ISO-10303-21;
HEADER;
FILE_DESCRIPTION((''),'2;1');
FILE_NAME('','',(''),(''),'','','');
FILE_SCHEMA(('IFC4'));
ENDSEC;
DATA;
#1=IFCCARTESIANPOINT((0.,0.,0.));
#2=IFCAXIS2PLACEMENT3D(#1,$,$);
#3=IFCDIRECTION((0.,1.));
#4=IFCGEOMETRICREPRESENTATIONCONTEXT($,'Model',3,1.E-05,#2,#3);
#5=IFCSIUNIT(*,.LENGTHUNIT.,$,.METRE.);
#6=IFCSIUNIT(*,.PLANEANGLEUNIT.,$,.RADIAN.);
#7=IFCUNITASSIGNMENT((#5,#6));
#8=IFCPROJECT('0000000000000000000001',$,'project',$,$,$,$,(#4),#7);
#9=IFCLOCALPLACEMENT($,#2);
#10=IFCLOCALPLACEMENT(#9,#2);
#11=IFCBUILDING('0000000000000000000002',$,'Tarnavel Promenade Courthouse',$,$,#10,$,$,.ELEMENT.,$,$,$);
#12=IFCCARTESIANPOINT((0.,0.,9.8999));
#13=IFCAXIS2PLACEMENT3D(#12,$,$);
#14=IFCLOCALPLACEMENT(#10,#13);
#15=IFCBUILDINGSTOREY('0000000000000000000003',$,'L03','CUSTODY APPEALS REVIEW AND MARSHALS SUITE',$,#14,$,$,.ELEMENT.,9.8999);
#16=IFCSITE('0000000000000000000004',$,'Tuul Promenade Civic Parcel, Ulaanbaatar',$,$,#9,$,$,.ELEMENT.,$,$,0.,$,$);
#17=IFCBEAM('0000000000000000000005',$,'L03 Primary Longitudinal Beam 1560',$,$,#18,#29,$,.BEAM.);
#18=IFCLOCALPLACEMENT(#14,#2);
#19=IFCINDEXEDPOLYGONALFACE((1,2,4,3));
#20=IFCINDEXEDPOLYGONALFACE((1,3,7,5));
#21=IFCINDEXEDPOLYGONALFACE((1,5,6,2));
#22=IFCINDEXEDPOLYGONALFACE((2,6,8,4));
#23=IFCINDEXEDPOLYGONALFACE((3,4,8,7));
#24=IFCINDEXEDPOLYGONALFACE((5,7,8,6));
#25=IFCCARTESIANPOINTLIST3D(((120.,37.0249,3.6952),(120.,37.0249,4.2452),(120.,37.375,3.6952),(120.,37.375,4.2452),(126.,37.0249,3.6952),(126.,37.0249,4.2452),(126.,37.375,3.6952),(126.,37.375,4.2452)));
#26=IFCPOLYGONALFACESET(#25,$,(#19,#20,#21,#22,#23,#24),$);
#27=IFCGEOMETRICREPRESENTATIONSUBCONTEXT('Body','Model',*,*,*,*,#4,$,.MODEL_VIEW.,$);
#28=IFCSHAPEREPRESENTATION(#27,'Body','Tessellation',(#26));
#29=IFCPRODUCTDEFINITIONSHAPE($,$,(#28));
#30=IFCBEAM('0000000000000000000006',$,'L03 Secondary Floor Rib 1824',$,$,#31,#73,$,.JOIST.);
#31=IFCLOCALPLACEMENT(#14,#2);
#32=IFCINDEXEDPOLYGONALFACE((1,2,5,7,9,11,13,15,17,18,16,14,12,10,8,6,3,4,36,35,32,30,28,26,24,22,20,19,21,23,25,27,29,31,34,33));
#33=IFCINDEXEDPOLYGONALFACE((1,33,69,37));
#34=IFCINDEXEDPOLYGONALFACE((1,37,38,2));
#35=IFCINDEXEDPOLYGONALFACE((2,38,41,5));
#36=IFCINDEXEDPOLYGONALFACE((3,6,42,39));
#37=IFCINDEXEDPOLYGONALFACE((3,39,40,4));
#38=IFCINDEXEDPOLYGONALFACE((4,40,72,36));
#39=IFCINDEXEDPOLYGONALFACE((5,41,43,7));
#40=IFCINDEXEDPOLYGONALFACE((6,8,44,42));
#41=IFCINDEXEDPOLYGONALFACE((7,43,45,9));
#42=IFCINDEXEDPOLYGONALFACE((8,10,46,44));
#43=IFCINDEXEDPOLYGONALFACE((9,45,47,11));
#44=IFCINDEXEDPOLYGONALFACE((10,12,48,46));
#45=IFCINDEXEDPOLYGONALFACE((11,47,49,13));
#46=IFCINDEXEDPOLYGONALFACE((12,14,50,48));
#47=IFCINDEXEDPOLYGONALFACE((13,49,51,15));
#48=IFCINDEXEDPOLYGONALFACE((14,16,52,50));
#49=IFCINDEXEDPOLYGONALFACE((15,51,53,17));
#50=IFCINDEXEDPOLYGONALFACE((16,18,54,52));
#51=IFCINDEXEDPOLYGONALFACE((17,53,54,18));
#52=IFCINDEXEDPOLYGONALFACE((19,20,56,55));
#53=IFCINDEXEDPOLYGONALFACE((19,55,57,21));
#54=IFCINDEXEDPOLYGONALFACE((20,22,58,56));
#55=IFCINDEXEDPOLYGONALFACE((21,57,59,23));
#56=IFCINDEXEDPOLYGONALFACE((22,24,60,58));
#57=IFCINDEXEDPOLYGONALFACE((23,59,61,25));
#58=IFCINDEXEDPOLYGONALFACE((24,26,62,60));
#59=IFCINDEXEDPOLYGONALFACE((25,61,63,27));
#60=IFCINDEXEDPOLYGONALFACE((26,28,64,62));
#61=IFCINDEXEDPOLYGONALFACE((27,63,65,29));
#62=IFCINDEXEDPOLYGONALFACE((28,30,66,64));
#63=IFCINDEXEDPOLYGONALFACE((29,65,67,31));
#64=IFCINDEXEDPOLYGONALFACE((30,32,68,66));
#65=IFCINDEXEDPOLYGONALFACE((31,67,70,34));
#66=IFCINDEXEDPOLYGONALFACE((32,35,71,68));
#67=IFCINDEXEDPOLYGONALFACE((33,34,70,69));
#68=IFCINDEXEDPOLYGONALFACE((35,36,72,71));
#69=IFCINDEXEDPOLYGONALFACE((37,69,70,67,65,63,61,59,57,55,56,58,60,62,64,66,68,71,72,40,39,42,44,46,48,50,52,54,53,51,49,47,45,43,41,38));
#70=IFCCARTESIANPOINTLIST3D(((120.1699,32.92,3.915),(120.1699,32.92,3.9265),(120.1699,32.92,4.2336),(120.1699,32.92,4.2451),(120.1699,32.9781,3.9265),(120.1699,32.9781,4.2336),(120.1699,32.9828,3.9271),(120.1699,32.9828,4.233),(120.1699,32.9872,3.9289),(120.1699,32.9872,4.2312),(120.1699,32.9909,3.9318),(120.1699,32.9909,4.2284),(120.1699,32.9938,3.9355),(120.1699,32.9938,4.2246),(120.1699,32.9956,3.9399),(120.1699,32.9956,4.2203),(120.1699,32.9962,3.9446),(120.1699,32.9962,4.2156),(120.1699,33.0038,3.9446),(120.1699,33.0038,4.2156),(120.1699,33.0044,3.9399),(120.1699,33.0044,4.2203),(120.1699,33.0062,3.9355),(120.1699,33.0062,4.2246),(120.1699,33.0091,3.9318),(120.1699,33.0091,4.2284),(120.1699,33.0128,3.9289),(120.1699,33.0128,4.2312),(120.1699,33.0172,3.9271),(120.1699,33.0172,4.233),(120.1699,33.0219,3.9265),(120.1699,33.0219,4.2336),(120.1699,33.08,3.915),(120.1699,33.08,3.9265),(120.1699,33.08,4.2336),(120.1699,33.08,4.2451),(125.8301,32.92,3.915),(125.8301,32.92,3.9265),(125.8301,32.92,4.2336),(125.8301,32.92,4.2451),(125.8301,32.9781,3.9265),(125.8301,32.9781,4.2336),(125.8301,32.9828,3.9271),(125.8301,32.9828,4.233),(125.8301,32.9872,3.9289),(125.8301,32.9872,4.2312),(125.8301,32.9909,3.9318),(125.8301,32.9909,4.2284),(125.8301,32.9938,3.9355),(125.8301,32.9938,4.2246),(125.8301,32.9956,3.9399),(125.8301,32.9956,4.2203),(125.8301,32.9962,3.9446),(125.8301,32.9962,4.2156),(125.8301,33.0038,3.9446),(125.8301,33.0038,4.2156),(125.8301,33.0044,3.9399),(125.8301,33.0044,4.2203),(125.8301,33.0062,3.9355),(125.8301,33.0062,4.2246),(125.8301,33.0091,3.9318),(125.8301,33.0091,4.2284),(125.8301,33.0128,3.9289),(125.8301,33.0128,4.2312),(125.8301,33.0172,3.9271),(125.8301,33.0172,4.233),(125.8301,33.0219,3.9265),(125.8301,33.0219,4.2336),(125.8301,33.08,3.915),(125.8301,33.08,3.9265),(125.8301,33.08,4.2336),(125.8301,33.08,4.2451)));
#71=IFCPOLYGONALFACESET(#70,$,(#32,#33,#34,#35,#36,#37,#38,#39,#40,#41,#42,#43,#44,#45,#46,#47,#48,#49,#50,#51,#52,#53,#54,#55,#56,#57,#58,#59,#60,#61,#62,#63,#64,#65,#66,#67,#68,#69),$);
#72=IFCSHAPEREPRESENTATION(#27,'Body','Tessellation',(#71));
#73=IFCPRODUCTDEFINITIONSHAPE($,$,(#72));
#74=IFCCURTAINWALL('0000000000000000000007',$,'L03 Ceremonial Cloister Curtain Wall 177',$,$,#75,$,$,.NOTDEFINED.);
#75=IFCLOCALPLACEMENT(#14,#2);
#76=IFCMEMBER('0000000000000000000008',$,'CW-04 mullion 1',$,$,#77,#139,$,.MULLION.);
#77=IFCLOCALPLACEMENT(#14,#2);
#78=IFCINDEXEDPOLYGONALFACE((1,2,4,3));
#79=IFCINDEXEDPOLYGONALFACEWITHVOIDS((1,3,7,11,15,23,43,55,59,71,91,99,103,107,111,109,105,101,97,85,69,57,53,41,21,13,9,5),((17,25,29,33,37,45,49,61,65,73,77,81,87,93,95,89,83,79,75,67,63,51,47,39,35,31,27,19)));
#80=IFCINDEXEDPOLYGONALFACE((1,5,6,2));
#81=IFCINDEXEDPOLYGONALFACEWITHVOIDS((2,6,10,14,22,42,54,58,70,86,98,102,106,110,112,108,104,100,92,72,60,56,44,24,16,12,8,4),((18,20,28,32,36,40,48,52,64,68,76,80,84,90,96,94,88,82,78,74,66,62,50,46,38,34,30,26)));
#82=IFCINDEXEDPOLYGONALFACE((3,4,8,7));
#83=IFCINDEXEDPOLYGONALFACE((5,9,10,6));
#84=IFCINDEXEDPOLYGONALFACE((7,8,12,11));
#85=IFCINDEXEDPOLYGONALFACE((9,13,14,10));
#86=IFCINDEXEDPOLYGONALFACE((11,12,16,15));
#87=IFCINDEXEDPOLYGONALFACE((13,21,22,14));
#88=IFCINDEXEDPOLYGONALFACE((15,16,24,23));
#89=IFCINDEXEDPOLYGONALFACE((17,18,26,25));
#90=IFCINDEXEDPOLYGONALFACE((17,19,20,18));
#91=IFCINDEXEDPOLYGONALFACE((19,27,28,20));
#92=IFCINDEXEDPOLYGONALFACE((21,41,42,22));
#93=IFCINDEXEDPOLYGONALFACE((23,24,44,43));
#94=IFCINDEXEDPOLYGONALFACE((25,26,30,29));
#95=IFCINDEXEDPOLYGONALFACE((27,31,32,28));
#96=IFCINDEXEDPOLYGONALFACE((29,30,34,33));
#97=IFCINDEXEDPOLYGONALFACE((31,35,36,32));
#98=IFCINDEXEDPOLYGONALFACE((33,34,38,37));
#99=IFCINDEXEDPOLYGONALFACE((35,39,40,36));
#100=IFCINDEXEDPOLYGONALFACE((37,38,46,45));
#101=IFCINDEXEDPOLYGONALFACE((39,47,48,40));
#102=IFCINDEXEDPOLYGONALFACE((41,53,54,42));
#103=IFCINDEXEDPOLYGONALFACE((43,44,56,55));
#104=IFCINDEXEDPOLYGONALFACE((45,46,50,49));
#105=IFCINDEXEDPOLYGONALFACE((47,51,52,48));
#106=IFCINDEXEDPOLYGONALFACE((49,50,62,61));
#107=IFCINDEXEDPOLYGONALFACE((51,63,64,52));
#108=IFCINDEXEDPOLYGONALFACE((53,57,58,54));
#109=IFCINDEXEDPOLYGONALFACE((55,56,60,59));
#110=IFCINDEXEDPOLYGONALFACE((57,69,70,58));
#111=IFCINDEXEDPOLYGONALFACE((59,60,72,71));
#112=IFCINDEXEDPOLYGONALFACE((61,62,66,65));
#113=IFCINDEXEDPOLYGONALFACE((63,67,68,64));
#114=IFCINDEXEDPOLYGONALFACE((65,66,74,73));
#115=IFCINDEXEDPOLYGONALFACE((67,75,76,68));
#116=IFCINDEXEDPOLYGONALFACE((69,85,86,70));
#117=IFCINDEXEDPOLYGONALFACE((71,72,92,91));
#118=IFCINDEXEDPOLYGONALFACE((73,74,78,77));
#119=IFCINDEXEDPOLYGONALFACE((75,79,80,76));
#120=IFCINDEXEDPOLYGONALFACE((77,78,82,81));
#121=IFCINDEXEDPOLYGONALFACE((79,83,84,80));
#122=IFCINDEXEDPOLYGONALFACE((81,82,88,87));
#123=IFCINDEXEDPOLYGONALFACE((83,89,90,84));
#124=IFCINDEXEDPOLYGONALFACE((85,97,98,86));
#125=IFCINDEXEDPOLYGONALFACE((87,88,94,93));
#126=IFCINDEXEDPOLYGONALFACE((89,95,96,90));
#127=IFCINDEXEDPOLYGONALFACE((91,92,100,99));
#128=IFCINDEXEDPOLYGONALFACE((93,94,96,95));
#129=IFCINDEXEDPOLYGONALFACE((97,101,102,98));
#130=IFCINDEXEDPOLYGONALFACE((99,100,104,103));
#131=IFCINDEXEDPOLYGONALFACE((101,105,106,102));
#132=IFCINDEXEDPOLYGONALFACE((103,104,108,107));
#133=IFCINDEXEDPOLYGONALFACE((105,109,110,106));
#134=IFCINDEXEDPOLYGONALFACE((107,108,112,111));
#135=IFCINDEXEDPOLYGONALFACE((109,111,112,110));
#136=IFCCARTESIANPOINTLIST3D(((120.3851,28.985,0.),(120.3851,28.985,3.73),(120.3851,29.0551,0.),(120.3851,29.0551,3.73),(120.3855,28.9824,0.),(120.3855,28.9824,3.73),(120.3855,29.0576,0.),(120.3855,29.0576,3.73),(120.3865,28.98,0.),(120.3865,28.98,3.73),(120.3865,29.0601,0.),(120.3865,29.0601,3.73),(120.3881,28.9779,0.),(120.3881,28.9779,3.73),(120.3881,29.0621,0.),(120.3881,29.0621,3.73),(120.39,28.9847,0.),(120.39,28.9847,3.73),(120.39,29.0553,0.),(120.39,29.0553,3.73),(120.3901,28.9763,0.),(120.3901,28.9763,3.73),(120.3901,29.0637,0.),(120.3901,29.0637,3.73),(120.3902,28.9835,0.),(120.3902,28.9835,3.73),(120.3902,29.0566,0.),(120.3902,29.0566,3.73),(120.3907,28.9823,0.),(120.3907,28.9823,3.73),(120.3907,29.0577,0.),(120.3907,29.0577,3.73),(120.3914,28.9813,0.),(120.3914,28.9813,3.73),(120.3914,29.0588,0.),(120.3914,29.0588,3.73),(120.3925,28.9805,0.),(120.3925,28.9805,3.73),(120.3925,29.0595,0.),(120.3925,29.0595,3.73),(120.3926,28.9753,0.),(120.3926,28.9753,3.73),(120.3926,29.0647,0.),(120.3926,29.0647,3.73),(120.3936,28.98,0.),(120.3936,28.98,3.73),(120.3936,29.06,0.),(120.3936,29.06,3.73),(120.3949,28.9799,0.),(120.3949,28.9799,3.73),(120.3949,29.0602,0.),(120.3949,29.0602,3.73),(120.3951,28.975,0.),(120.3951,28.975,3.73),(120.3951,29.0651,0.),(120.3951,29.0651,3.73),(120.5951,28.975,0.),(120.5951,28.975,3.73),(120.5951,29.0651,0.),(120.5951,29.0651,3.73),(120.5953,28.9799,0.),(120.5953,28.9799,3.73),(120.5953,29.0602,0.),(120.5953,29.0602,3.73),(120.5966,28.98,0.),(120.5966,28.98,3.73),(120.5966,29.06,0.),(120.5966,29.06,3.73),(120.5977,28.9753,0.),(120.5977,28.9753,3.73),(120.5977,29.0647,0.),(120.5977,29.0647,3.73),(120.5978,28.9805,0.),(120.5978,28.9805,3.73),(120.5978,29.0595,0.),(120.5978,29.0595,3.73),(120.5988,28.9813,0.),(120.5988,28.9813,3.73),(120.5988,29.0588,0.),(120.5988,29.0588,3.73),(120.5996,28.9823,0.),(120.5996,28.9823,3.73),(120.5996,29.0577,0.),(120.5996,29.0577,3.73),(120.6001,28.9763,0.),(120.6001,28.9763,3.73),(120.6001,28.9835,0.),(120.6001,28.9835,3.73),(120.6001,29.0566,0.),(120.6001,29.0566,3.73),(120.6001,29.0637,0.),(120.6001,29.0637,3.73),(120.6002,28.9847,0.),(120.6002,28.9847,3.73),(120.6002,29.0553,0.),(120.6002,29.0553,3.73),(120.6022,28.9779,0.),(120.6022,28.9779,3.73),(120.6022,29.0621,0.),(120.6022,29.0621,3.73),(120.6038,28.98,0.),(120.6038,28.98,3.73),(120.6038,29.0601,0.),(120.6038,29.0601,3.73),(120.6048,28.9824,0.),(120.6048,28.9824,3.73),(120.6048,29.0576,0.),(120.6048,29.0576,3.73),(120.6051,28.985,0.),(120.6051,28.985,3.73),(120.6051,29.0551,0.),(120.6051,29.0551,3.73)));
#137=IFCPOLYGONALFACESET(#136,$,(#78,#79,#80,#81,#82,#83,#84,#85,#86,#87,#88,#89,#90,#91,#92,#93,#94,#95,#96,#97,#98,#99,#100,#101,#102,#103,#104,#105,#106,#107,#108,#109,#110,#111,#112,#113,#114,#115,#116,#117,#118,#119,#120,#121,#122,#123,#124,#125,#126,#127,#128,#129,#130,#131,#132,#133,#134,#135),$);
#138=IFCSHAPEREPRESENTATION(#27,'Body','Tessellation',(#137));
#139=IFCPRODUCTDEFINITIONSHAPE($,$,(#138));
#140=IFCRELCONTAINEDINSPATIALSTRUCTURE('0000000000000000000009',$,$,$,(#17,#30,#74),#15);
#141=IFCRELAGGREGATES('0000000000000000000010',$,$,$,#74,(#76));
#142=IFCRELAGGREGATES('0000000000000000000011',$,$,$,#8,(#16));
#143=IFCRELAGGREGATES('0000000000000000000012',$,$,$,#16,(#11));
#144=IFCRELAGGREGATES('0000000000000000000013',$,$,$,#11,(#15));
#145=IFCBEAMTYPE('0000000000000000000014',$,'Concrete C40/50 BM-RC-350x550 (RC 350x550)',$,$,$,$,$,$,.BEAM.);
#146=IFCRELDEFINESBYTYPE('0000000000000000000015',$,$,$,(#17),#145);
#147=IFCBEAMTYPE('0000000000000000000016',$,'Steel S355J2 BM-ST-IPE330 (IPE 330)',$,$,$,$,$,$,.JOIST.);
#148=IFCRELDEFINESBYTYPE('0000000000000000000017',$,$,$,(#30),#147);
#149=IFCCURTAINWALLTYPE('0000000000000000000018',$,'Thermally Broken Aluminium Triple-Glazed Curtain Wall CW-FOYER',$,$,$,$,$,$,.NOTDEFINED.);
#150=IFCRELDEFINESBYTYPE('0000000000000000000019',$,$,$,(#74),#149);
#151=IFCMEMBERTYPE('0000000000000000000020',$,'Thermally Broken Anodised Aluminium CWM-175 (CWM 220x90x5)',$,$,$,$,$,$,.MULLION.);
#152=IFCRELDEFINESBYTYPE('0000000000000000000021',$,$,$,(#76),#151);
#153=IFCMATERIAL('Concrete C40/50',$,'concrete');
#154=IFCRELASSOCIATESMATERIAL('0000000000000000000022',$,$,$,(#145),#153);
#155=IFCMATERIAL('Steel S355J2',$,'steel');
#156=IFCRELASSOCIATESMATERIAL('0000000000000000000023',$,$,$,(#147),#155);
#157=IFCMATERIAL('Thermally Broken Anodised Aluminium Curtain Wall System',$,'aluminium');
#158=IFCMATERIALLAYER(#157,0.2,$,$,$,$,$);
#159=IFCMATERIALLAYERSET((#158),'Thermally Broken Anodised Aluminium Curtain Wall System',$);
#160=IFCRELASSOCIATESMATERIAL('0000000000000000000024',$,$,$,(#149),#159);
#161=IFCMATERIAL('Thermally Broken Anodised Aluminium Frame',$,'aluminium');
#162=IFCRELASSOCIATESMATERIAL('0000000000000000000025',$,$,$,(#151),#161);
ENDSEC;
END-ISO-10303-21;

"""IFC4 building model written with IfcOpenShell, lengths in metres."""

from ifc_helpers import new_model, si_unit, direction, frame, origin, origin_2d, place, context, subcontext, project, spatial, rectangle, hollow_rectangle, i_section, extrude, material, layer, layer_set, material_profile, profile_set, type_object, element, aggregate, save


model = new_model("IFC4")

# Units and contexts
model_context = context("Model", 3, precision=1e-05, world=origin(), true_north=direction((0.0, 1.0)))
body_context = subcontext(model_context, "Body", "Model", "MODEL_VIEW")
ifc_project = project(units=[si_unit("LENGTHUNIT", "METRE"), si_unit("PLANEANGLEUNIT", "RADIAN")], contexts=[model_context])

# Site, building, storey
site_placement = place(None, origin())
site = spatial("IfcSite", under=ifc_project, at=site_placement, Name="Tuul Promenade Civic Parcel, Ulaanbaatar", CompositionType="ELEMENT", RefElevation=0.0)
building_placement = place(site_placement, origin())
building = spatial("IfcBuilding", under=site, at=building_placement, Name="Tarnavel Promenade Courthouse", CompositionType="ELEMENT")
storey_placement = place(building_placement, frame((0.0, 0.0, 9.8999)))
storey = spatial("IfcBuildingStorey", under=building, at=storey_placement, Name="L03", Description="CUSTODY APPEALS REVIEW AND MARSHALS SUITE", CompositionType="ELEMENT", Elevation=9.8999)

# Beams
ifc_material_1 = material(Name="Concrete C40/50", Category="concrete")
ifc_material_profile_1 = material_profile(ifc_material_1, rectangle(XDim=0.3501, YDim=0.55, at=origin_2d()), Name="RC 350x550")
ifc_profile_set_1 = profile_set([ifc_material_profile_1], Name="Concrete C40/50")
beam_type_1 = type_object("IfcBeamType", Name="Concrete C40/50 BM-RC-350x550 (RC 350x550)", PredefinedType="BEAM", material=ifc_profile_set_1)
beam_1_placement = place(storey_placement, frame((120.0, 37.2, 3.9702), z_axis=(1.0, 0.0, 0.0), x_axis=(0.0, 1.0, 0.0)))
element("IfcBeam", 1, at=beam_1_placement, inside=storey, type_object=beam_type_1, Name="L03 Primary Longitudinal Beam 1560", PredefinedType="BEAM", context=body_context, shape_type="SweptSolid", body=[
    extrude(rectangle(XDim=0.3501, YDim=0.55, at=origin_2d()), origin(), (0.0, 0.0, 1.0), 6.0),
])
ifc_material_2 = material(Name="Steel S355J2", Category="steel")
ifc_material_profile_2 = material_profile(ifc_material_2, i_section(OverallWidth=0.1599, OverallDepth=0.3301, WebThickness=0.0076, FlangeThickness=0.0115, FilletRadius=0.0181, at=origin_2d()), Name="IPE 330")
ifc_profile_set_2 = profile_set([ifc_material_profile_2], Name="Steel S355J2")
beam_type_2 = type_object("IfcBeamType", Name="Steel S355J2 BM-ST-IPE330 (IPE 330)", PredefinedType="JOIST", material=ifc_profile_set_2)
beam_2_placement = place(storey_placement, frame((120.1699, 33.0, 4.0801), z_axis=(1.0, 0.0, 0.0), x_axis=(0.0, 1.0, 0.0)))
element("IfcBeam", 2, at=beam_2_placement, inside=storey, type_object=beam_type_2, Name="L03 Secondary Floor Rib 1824", PredefinedType="JOIST", context=body_context, shape_type="SweptSolid", body=[
    extrude(i_section(OverallWidth=0.1599, OverallDepth=0.3301, WebThickness=0.0076, FlangeThickness=0.0115, FilletRadius=0.0181, at=origin_2d()), origin(), (0.0, 0.0, 1.0), 5.6602),
])

# Curtain wall, member
ifc_material_3 = material(Name="Thermally Broken Anodised Aluminium Curtain Wall System", Category="aluminium")
ifc_layer_1 = layer(ifc_material_3, 0.2)
ifc_layer_set_1 = layer_set([ifc_layer_1], Name="Thermally Broken Anodised Aluminium Curtain Wall System")
curtain_wall_type = type_object("IfcCurtainWallType", Name="Thermally Broken Aluminium Triple-Glazed Curtain Wall CW-FOYER", PredefinedType="NOTDEFINED", material=ifc_layer_set_1)
curtain_wall_placement = place(storey_placement, origin())
curtain_wall = element("IfcCurtainWall", 3, at=curtain_wall_placement, inside=storey, type_object=curtain_wall_type, Name="L03 Ceremonial Cloister Curtain Wall 177", PredefinedType="NOTDEFINED")
ifc_material_4 = material(Name="Thermally Broken Anodised Aluminium Frame", Category="aluminium")
ifc_material_profile_3 = material_profile(ifc_material_4, hollow_rectangle(XDim=0.0901, YDim=0.22, WallThickness=0.0049, InnerFilletRadius=0.0049, OuterFilletRadius=0.01, at=origin_2d()), Name="CWM 220x90x5")
ifc_profile_set_3 = profile_set([ifc_material_profile_3], Name="Thermally Broken Anodised Aluminium Frame")
member_type_1 = type_object("IfcMemberType", Name="Thermally Broken Anodised Aluminium CWM-175 (CWM 220x90x5)", PredefinedType="MULLION", material=ifc_profile_set_3)
member_1_placement = place(storey_placement, frame((120.4951, 29.02, 0.0), z_axis=(0.0, 0.0, 1.0), x_axis=(0.0, 1.0, 0.0)))
member_1 = element("IfcMember", 4, at=member_1_placement, type_object=member_type_1, Name="CW-04 mullion 1", PredefinedType="MULLION", context=body_context, shape_type="SweptSolid", body=[
    extrude(hollow_rectangle(XDim=0.0901, YDim=0.22, WallThickness=0.0049, InnerFilletRadius=0.0049, OuterFilletRadius=0.01, at=origin_2d()), origin(), (0.0, 0.0, 1.0), 3.73),
])
aggregate(curtain_wall, [member_1])

save(model, "model.ifc")
